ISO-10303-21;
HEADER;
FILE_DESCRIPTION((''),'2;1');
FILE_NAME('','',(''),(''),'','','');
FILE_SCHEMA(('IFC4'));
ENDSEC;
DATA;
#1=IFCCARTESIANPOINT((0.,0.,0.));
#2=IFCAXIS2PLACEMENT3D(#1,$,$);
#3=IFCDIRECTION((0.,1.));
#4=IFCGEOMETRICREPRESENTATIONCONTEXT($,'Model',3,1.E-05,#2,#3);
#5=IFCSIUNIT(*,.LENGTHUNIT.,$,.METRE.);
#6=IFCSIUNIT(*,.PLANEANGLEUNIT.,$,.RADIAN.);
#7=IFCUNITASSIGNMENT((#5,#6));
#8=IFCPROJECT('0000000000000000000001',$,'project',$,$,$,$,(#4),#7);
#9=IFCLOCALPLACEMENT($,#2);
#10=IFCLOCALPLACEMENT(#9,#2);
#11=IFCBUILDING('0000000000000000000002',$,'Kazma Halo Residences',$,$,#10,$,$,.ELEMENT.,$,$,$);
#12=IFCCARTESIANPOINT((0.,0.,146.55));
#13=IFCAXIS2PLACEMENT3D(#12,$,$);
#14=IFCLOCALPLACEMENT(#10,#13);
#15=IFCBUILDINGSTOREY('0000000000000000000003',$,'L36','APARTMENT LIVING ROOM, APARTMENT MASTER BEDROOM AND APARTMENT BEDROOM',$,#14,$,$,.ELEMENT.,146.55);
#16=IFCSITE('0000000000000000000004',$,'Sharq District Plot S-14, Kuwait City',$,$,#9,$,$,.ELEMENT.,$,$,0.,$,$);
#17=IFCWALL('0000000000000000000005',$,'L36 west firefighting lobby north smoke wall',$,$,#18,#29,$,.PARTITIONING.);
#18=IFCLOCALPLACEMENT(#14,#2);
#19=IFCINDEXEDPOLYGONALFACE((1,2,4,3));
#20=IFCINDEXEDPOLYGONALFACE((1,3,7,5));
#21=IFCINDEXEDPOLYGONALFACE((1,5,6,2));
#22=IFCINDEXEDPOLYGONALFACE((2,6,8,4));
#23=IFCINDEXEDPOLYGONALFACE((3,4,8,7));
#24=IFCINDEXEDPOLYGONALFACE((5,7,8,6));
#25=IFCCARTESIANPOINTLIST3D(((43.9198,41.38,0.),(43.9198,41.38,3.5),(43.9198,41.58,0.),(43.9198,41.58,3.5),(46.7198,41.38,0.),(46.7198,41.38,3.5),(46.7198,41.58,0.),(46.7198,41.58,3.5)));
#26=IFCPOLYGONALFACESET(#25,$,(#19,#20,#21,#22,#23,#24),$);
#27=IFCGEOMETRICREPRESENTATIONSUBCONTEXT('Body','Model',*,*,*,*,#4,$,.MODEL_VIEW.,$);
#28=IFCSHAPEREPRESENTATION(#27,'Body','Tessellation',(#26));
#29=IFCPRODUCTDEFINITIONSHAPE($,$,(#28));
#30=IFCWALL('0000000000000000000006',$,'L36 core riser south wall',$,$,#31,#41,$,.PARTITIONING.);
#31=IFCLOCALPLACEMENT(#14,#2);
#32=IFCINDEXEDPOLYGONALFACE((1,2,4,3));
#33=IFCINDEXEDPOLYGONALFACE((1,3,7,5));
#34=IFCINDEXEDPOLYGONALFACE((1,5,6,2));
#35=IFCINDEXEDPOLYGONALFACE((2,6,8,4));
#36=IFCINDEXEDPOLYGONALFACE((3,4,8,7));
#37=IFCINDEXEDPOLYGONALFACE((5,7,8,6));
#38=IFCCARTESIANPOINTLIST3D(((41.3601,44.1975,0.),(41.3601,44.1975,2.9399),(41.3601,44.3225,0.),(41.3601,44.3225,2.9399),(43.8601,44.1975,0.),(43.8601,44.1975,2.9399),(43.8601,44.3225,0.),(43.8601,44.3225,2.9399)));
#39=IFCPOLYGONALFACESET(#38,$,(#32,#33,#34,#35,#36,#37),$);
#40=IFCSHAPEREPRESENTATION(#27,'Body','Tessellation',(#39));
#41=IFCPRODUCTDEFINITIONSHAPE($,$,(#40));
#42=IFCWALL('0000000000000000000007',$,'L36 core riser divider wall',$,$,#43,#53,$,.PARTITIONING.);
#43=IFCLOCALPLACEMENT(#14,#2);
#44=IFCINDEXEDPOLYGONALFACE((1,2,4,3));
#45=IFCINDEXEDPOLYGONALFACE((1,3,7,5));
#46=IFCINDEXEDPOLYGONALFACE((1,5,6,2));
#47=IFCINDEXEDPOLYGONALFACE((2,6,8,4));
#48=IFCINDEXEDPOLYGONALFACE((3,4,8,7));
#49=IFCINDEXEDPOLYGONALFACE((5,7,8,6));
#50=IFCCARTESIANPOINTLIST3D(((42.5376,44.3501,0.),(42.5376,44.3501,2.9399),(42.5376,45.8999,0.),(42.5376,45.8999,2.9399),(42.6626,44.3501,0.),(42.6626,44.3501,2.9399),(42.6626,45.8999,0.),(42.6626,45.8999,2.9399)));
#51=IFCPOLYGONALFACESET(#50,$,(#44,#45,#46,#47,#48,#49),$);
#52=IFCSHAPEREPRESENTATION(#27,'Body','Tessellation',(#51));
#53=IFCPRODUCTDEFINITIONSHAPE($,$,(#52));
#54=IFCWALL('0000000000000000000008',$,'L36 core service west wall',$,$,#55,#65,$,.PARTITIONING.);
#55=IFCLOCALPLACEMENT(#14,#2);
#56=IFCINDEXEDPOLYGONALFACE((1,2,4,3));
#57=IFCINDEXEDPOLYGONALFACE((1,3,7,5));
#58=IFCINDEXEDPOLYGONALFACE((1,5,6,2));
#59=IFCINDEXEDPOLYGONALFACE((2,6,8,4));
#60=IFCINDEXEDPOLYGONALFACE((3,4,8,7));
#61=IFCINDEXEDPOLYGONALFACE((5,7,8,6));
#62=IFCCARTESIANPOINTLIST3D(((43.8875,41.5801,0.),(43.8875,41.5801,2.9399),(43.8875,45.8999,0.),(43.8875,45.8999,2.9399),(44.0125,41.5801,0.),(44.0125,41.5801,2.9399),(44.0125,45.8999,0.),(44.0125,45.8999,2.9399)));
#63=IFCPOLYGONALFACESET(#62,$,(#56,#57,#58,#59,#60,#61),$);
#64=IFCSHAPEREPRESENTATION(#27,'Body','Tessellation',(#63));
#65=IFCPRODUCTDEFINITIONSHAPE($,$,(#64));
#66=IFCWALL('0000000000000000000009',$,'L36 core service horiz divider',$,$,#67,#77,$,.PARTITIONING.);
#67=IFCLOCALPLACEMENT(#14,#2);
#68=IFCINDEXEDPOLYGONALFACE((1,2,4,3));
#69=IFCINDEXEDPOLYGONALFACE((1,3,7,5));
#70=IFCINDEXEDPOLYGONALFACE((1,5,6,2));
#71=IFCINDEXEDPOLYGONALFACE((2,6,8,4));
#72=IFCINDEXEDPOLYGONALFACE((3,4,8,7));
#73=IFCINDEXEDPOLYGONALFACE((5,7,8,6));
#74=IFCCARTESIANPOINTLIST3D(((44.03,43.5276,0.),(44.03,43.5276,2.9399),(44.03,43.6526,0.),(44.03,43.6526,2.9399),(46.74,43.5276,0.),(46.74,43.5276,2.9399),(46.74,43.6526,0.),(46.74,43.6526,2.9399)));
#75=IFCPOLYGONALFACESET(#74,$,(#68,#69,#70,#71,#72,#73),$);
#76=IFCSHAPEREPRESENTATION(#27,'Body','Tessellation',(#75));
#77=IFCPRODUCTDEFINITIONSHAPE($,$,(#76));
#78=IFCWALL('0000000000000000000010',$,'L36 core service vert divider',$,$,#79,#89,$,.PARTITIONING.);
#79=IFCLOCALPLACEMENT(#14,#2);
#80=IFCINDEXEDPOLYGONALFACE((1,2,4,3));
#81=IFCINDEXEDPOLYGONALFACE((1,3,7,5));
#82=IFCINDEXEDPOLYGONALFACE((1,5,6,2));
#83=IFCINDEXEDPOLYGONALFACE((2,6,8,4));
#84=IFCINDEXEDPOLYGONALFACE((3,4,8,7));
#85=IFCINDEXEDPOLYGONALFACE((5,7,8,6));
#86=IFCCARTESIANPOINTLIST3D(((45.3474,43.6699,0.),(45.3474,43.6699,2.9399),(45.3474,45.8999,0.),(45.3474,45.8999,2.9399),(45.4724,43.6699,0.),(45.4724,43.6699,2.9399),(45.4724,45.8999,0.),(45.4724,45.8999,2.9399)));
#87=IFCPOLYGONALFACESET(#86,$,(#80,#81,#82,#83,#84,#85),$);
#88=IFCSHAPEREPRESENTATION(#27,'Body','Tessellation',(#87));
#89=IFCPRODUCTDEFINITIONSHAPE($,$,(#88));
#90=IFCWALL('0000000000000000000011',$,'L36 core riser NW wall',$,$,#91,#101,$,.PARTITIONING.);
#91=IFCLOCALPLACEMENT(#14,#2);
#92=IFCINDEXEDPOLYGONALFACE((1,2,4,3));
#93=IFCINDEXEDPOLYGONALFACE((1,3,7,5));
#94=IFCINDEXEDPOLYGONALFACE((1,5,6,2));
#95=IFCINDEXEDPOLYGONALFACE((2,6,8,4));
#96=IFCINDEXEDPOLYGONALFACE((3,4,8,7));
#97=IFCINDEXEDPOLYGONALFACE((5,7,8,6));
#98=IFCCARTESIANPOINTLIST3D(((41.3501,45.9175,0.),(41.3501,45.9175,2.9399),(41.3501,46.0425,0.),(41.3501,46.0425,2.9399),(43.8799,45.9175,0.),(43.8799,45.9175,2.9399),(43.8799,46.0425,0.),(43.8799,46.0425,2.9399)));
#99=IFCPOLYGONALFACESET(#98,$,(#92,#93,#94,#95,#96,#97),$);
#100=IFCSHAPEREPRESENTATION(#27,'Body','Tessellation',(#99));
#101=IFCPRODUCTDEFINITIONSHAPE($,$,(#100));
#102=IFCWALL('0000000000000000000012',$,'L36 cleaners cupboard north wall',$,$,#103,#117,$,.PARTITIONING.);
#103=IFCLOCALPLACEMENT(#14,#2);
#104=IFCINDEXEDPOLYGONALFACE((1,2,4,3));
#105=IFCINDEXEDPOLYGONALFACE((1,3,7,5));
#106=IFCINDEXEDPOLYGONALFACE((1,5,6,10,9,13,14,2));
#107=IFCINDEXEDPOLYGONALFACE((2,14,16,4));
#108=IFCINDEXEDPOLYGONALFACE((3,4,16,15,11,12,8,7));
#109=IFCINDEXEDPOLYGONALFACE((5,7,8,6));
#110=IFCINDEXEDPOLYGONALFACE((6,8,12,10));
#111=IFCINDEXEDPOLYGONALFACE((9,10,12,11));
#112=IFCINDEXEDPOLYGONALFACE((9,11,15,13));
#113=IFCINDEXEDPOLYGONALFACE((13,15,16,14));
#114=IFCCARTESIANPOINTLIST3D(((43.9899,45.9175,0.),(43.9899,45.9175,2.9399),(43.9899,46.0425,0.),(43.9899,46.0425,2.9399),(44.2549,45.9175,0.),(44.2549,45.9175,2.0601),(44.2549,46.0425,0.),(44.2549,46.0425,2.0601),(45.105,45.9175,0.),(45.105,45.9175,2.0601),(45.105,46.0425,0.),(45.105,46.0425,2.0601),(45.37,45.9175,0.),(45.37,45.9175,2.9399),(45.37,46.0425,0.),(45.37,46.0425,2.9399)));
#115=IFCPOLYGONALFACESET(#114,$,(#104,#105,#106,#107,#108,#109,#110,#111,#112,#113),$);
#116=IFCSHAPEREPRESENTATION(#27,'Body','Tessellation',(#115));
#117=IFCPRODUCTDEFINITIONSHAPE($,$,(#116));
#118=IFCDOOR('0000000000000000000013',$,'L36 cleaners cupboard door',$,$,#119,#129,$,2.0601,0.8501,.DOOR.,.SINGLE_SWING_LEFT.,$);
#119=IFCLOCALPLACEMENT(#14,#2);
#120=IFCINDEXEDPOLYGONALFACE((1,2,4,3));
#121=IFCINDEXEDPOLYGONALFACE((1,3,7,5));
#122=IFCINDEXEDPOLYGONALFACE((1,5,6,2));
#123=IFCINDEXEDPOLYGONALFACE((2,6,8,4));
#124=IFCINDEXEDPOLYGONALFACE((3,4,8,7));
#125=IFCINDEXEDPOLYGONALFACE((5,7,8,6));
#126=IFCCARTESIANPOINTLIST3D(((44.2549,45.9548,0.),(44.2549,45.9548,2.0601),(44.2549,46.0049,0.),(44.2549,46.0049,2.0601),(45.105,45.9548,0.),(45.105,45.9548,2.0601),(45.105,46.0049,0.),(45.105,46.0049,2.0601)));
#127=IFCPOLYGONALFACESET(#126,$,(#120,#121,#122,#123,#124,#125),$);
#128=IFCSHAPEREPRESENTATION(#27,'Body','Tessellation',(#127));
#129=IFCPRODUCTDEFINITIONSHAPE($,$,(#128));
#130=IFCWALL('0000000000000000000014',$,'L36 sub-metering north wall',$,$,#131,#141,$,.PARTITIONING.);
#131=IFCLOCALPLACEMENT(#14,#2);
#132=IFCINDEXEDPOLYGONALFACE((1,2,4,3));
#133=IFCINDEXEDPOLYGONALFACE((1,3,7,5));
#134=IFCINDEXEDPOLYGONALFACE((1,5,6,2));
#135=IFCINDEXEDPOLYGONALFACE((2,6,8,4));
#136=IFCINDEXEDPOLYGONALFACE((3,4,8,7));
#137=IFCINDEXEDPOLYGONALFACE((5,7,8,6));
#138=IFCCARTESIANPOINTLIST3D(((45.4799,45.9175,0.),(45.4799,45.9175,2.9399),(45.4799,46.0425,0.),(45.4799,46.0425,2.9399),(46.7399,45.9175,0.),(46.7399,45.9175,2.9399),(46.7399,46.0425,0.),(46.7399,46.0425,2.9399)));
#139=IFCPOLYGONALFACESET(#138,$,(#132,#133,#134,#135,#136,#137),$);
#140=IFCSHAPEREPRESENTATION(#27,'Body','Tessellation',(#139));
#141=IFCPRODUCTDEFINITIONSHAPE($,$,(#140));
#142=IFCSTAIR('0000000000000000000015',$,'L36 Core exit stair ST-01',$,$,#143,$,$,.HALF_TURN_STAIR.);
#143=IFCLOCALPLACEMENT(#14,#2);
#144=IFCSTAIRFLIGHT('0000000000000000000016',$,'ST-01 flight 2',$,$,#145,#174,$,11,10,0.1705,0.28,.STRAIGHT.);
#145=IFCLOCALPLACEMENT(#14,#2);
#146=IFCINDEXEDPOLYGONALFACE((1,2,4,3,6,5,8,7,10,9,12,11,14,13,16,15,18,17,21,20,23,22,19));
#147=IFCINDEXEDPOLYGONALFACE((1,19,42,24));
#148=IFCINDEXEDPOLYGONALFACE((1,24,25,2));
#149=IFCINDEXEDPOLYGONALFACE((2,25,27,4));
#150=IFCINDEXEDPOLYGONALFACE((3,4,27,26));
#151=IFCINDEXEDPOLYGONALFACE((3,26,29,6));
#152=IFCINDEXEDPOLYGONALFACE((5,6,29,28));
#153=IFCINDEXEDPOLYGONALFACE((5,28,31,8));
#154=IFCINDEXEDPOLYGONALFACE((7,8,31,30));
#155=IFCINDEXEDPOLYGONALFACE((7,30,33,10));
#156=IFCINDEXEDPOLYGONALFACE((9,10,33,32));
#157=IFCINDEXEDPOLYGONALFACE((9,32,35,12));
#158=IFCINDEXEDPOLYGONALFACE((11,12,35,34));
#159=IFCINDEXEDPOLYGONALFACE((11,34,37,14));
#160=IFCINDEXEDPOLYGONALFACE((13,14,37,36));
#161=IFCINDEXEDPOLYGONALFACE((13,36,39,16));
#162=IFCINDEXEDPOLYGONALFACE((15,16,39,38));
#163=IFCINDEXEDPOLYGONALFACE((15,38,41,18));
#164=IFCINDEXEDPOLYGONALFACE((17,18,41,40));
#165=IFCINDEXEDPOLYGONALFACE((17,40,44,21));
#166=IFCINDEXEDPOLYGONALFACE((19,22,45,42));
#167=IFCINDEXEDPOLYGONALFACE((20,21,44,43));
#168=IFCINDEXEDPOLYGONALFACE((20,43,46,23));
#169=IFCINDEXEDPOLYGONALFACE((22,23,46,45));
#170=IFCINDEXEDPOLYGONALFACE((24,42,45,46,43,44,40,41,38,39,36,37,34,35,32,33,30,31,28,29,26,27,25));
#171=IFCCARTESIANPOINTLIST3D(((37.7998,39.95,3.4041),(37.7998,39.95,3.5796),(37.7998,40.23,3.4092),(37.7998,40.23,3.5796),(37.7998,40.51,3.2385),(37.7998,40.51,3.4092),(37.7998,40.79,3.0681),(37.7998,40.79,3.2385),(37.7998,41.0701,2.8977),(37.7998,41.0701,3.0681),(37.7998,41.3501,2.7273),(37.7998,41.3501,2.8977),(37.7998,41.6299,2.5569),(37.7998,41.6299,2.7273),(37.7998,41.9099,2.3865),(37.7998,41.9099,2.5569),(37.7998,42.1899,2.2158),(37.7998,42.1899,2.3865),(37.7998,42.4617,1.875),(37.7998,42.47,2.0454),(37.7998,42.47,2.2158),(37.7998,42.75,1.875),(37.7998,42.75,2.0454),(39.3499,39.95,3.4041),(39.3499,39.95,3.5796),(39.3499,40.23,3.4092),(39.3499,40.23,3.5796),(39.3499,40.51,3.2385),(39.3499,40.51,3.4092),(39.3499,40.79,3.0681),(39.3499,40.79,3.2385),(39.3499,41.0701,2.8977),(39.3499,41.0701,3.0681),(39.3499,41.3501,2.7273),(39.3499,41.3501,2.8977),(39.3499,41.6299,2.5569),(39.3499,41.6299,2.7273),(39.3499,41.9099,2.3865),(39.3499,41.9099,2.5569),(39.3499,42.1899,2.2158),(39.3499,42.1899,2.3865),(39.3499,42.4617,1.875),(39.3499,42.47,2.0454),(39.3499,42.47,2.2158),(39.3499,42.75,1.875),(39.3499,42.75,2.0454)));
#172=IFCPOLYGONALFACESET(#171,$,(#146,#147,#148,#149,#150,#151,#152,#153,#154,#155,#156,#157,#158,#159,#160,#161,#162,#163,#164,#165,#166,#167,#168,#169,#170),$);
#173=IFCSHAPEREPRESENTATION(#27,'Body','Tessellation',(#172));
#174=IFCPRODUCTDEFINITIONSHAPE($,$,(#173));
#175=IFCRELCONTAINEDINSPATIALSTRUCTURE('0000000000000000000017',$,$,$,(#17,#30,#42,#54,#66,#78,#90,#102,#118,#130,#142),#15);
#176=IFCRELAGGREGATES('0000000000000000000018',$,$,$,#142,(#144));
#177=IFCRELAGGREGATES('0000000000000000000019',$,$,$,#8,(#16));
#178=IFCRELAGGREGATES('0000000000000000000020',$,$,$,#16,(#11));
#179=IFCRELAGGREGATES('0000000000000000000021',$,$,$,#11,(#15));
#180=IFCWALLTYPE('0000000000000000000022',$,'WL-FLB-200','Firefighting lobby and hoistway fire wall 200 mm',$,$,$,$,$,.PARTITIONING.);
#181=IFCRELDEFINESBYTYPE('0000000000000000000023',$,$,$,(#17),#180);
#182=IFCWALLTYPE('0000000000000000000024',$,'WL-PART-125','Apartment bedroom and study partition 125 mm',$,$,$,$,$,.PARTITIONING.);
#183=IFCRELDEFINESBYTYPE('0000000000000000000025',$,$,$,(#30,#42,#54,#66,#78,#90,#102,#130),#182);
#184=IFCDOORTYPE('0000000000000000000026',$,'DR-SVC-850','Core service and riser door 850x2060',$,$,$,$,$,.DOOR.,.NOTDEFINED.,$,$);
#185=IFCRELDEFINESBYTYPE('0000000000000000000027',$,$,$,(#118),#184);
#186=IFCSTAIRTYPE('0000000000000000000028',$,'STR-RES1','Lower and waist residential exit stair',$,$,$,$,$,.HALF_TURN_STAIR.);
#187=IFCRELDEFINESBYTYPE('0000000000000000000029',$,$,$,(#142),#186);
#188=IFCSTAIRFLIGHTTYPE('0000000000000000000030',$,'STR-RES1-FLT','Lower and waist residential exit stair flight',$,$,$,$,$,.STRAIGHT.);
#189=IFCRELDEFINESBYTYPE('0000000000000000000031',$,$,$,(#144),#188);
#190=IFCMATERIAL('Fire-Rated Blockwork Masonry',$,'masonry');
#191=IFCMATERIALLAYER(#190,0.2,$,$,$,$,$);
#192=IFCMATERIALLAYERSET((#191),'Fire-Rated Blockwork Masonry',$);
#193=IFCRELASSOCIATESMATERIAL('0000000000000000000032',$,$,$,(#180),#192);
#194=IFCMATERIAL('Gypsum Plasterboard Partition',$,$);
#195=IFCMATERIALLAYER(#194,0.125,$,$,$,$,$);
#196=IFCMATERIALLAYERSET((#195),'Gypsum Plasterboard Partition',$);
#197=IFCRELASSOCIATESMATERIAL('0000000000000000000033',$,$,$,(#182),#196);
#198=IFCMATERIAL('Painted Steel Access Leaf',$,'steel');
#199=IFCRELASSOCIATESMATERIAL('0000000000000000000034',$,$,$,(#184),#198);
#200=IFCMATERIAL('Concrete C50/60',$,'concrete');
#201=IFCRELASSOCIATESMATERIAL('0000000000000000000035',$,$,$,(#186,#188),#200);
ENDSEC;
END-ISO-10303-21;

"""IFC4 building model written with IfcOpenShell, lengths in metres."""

from ifc_helpers import new_model, si_unit, direction, frame, frame_2d, origin, place, context, subcontext, project, spatial, polyline, rectangle, outline, extrude, material, layer, layer_set, type_object, element, fill, aggregate, save


model = new_model("IFC4")

# Units and contexts
model_context = context("Model", 3, precision=1e-05, world=origin(), true_north=direction((0.0, 1.0)))
body_context = subcontext(model_context, "Body", "Model", "MODEL_VIEW")
ifc_project = project(units=[si_unit("LENGTHUNIT", "METRE"), si_unit("PLANEANGLEUNIT", "RADIAN")], contexts=[model_context])

# Site, building, storey
site_placement = place(None, origin())
site = spatial("IfcSite", under=ifc_project, at=site_placement, Name="Sharq District Plot S-14, Kuwait City", CompositionType="ELEMENT", RefElevation=0.0)
building_placement = place(site_placement, origin())
building = spatial("IfcBuilding", under=site, at=building_placement, Name="Kazma Halo Residences", CompositionType="ELEMENT")
storey_placement = place(building_placement, frame((0.0, 0.0, 146.55)))
storey = spatial("IfcBuildingStorey", under=building, at=storey_placement, Name="L36", Description="APARTMENT LIVING ROOM, APARTMENT MASTER BEDROOM AND APARTMENT BEDROOM", CompositionType="ELEMENT", Elevation=146.55)

# Shared definitions
ifc_material_1 = material(Name="Fire-Rated Blockwork Masonry", Category="masonry")
ifc_layer_1 = layer(ifc_material_1, 0.2)
ifc_layer_set_1 = layer_set([ifc_layer_1], Name="Fire-Rated Blockwork Masonry")
wall_type_1 = type_object("IfcWallType", Name="WL-FLB-200", Description="Firefighting lobby and hoistway fire wall 200 mm", PredefinedType="PARTITIONING", material=ifc_layer_set_1)

# Walls
wall_1_placement = place(storey_placement, frame((43.9199, 41.48, 0.0), z_axis=(0.0, 0.0, 1.0), x_axis=(1.0, 0.0, 0.0)))
element("IfcWall", 1, at=wall_1_placement, inside=storey, type_object=wall_type_1, Name="L36 west firefighting lobby north smoke wall", PredefinedType="PARTITIONING", context=body_context, shape_type="SweptSolid", body=[
    extrude(rectangle(XDim=2.8, YDim=0.2, at=frame_2d((1.3999, 0.0))), origin(), (0.0, 0.0, 1.0), 3.5),
])
ifc_material_2 = material(Name="Gypsum Plasterboard Partition")
ifc_layer_2 = layer(ifc_material_2, 0.125)
ifc_layer_set_2 = layer_set([ifc_layer_2], Name="Gypsum Plasterboard Partition")
wall_type_2 = type_object("IfcWallType", Name="WL-PART-125", Description="Apartment bedroom and study partition 125 mm", PredefinedType="PARTITIONING", material=ifc_layer_set_2)
wall_2_placement = place(storey_placement, frame((41.3601, 44.26, 0.0), z_axis=(0.0, 0.0, 1.0), x_axis=(1.0, 0.0, 0.0)))
element("IfcWall", 2, at=wall_2_placement, inside=storey, type_object=wall_type_2, Name="L36 core riser south wall", PredefinedType="PARTITIONING", context=body_context, shape_type="SweptSolid", body=[
    extrude(rectangle(XDim=2.5, YDim=0.125, at=frame_2d((1.25, 0.0))), origin(), (0.0, 0.0, 1.0), 2.9399),
])
wall_3_placement = place(storey_placement, frame((42.6001, 44.3501, 0.0), z_axis=(0.0, 0.0, 1.0), x_axis=(0.0, 1.0, 0.0)))
element("IfcWall", 3, at=wall_3_placement, inside=storey, type_object=wall_type_2, Name="L36 core riser divider wall", PredefinedType="PARTITIONING", context=body_context, shape_type="SweptSolid", body=[
    extrude(rectangle(XDim=1.5498, YDim=0.125, at=frame_2d((0.7749, 0.0))), origin(), (0.0, 0.0, 1.0), 2.9399),
])
wall_4_placement = place(storey_placement, frame((43.95, 41.5801, 0.0), z_axis=(0.0, 0.0, 1.0), x_axis=(0.0, 1.0, 0.0)))
element("IfcWall", 4, at=wall_4_placement, inside=storey, type_object=wall_type_2, Name="L36 core service west wall", PredefinedType="PARTITIONING", context=body_context, shape_type="SweptSolid", body=[
    extrude(rectangle(XDim=4.3198, YDim=0.125, at=frame_2d((2.1599, 0.0))), origin(), (0.0, 0.0, 1.0), 2.9399),
])
wall_5_placement = place(storey_placement, frame((44.03, 43.5901, 0.0), z_axis=(0.0, 0.0, 1.0), x_axis=(1.0, 0.0, 0.0)))
element("IfcWall", 5, at=wall_5_placement, inside=storey, type_object=wall_type_2, Name="L36 core service horiz divider", PredefinedType="PARTITIONING", context=body_context, shape_type="SweptSolid", body=[
    extrude(rectangle(XDim=2.71, YDim=0.125, at=frame_2d((1.355, 0.0))), origin(), (0.0, 0.0, 1.0), 2.9399),
])
wall_6_placement = place(storey_placement, frame((45.4099, 43.6699, 0.0), z_axis=(0.0, 0.0, 1.0), x_axis=(0.0, 1.0, 0.0)))
element("IfcWall", 6, at=wall_6_placement, inside=storey, type_object=wall_type_2, Name="L36 core service vert divider", PredefinedType="PARTITIONING", context=body_context, shape_type="SweptSolid", body=[
    extrude(rectangle(XDim=2.23, YDim=0.125, at=frame_2d((1.115, 0.0))), origin(), (0.0, 0.0, 1.0), 2.9399),
])
wall_7_placement = place(storey_placement, frame((41.3501, 45.98, 0.0), z_axis=(0.0, 0.0, 1.0), x_axis=(1.0, 0.0, 0.0)))
element("IfcWall", 7, at=wall_7_placement, inside=storey, type_object=wall_type_2, Name="L36 core riser NW wall", PredefinedType="PARTITIONING", context=body_context, shape_type="SweptSolid", body=[
    extrude(rectangle(XDim=2.5298, YDim=0.125, at=frame_2d((1.2649, 0.0))), origin(), (0.0, 0.0, 1.0), 2.9399),
])

# Wall, opening, door
wall_8_placement = place(storey_placement, frame((43.99, 45.98, 0.0), z_axis=(0.0, 0.0, 1.0), x_axis=(1.0, 0.0, 0.0)))
wall_8 = element("IfcWall", 8, at=wall_8_placement, inside=storey, type_object=wall_type_2, Name="L36 cleaners cupboard north wall", PredefinedType="PARTITIONING", context=body_context, shape_type="SweptSolid", body=[
    extrude(rectangle(XDim=1.3801, YDim=0.125, at=frame_2d((0.6899, 0.0))), origin(), (0.0, 0.0, 1.0), 2.9399),
])
opening_1_placement = place(wall_8_placement, frame((0.2649, 0.0, 0.0)))
opening_1 = element("IfcOpeningElement", 9, at=opening_1_placement, cuts=wall_8, PredefinedType="OPENING", context=body_context, shape_type="SweptSolid", body=[
    extrude(rectangle(XDim=0.8501, YDim=2.0601, at=frame_2d((0.425, 1.03))), frame((0.0, 0.0725, 0.0), z_axis=(0.0, -1.0, 0.0), x_axis=(1.0, 0.0, 0.0)), (0.0, 0.0, 1.0), 0.145),
])
ifc_material_3 = material(Name="Painted Steel Access Leaf", Category="steel")
door_type_1 = type_object("IfcDoorType", Name="DR-SVC-850", Description="Core service and riser door 850x2060", OperationType="NOTDEFINED", PredefinedType="DOOR", material=ifc_material_3)
door_1_placement = place(opening_1_placement, origin())
door_1 = element("IfcDoor", 10, at=door_1_placement, inside=storey, type_object=door_type_1, Name="L36 cleaners cupboard door", OperationType="SINGLE_SWING_LEFT", OverallHeight=2.0601, OverallWidth=0.8501, PredefinedType="DOOR", context=body_context, shape_type="SweptSolid", body=[
    extrude(rectangle(XDim=0.8501, YDim=2.0601, at=frame_2d((0.425, 1.03))), frame((0.0, 0.0249, 0.0), z_axis=(0.0, -1.0, 0.0), x_axis=(1.0, 0.0, 0.0)), (0.0, 0.0, 1.0), 0.05),
])
fill(opening_1, door_1)

# Wall
wall_9_placement = place(storey_placement, frame((45.48, 45.98, 0.0), z_axis=(0.0, 0.0, 1.0), x_axis=(1.0, 0.0, 0.0)))
element("IfcWall", 11, at=wall_9_placement, inside=storey, type_object=wall_type_2, Name="L36 sub-metering north wall", PredefinedType="PARTITIONING", context=body_context, shape_type="SweptSolid", body=[
    extrude(rectangle(XDim=1.26, YDim=0.125, at=frame_2d((0.6299, 0.0))), origin(), (0.0, 0.0, 1.0), 2.9399),
])

# Stair, stair flight
ifc_material_4 = material(Name="Concrete C50/60", Category="concrete")
stair_type = type_object("IfcStairType", Name="STR-RES1", Description="Lower and waist residential exit stair", PredefinedType="HALF_TURN_STAIR", material=ifc_material_4)
stair_placement = place(storey_placement, origin())
stair = element("IfcStair", 12, at=stair_placement, inside=storey, type_object=stair_type, Name="L36 Core exit stair ST-01", PredefinedType="HALF_TURN_STAIR")
stair_flight_type = type_object("IfcStairFlightType", Name="STR-RES1-FLT", Description="Lower and waist residential exit stair flight", PredefinedType="STRAIGHT", material=ifc_material_4)
stair_flight_placement = place(storey_placement, frame((38.575, 42.75, 1.875), z_axis=(0.0, 0.0, 1.0), x_axis=(0.0, -1.0, 0.0)))
stair_flight = element("IfcStairFlight", 13, at=stair_flight_placement, type_object=stair_flight_type, Name="ST-01 flight 2", NumberOfRisers=11, NumberOfTreads=10, PredefinedType="STRAIGHT", RiserHeight=0.1705, TreadLength=0.28, context=body_context, shape_type="SweptSolid", body=[
    extrude(outline(polyline([(0.0, 0.0), (0.0, 0.1704), (0.28, 0.1704), (0.28, 0.3408), (0.5601, 0.3408), (0.5601, 0.5115), (0.8401, 0.5115), (0.8401, 0.6819), (1.1201, 0.6819), (1.1201, 0.8523), (1.3999, 0.8523), (1.3999, 1.0227), (1.6799, 1.0227), (1.6799, 1.1931), (1.96, 1.1931), (1.96, 1.3635), (2.24, 1.3635), (2.24, 1.5342), (2.52, 1.5342), (2.52, 1.7046), (2.8, 1.7046), (2.8, 1.875), (2.8, 1.5291), (0.2883, 0.0), (0.0, 0.0)])), frame((0.0, 0.7749, 0.0), z_axis=(0.0, -1.0, 0.0), x_axis=(1.0, 0.0, 0.0)), (0.0, 0.0, 1.0), 1.55),
])
aggregate(stair, [stair_flight])

save(model, "model.ifc")
